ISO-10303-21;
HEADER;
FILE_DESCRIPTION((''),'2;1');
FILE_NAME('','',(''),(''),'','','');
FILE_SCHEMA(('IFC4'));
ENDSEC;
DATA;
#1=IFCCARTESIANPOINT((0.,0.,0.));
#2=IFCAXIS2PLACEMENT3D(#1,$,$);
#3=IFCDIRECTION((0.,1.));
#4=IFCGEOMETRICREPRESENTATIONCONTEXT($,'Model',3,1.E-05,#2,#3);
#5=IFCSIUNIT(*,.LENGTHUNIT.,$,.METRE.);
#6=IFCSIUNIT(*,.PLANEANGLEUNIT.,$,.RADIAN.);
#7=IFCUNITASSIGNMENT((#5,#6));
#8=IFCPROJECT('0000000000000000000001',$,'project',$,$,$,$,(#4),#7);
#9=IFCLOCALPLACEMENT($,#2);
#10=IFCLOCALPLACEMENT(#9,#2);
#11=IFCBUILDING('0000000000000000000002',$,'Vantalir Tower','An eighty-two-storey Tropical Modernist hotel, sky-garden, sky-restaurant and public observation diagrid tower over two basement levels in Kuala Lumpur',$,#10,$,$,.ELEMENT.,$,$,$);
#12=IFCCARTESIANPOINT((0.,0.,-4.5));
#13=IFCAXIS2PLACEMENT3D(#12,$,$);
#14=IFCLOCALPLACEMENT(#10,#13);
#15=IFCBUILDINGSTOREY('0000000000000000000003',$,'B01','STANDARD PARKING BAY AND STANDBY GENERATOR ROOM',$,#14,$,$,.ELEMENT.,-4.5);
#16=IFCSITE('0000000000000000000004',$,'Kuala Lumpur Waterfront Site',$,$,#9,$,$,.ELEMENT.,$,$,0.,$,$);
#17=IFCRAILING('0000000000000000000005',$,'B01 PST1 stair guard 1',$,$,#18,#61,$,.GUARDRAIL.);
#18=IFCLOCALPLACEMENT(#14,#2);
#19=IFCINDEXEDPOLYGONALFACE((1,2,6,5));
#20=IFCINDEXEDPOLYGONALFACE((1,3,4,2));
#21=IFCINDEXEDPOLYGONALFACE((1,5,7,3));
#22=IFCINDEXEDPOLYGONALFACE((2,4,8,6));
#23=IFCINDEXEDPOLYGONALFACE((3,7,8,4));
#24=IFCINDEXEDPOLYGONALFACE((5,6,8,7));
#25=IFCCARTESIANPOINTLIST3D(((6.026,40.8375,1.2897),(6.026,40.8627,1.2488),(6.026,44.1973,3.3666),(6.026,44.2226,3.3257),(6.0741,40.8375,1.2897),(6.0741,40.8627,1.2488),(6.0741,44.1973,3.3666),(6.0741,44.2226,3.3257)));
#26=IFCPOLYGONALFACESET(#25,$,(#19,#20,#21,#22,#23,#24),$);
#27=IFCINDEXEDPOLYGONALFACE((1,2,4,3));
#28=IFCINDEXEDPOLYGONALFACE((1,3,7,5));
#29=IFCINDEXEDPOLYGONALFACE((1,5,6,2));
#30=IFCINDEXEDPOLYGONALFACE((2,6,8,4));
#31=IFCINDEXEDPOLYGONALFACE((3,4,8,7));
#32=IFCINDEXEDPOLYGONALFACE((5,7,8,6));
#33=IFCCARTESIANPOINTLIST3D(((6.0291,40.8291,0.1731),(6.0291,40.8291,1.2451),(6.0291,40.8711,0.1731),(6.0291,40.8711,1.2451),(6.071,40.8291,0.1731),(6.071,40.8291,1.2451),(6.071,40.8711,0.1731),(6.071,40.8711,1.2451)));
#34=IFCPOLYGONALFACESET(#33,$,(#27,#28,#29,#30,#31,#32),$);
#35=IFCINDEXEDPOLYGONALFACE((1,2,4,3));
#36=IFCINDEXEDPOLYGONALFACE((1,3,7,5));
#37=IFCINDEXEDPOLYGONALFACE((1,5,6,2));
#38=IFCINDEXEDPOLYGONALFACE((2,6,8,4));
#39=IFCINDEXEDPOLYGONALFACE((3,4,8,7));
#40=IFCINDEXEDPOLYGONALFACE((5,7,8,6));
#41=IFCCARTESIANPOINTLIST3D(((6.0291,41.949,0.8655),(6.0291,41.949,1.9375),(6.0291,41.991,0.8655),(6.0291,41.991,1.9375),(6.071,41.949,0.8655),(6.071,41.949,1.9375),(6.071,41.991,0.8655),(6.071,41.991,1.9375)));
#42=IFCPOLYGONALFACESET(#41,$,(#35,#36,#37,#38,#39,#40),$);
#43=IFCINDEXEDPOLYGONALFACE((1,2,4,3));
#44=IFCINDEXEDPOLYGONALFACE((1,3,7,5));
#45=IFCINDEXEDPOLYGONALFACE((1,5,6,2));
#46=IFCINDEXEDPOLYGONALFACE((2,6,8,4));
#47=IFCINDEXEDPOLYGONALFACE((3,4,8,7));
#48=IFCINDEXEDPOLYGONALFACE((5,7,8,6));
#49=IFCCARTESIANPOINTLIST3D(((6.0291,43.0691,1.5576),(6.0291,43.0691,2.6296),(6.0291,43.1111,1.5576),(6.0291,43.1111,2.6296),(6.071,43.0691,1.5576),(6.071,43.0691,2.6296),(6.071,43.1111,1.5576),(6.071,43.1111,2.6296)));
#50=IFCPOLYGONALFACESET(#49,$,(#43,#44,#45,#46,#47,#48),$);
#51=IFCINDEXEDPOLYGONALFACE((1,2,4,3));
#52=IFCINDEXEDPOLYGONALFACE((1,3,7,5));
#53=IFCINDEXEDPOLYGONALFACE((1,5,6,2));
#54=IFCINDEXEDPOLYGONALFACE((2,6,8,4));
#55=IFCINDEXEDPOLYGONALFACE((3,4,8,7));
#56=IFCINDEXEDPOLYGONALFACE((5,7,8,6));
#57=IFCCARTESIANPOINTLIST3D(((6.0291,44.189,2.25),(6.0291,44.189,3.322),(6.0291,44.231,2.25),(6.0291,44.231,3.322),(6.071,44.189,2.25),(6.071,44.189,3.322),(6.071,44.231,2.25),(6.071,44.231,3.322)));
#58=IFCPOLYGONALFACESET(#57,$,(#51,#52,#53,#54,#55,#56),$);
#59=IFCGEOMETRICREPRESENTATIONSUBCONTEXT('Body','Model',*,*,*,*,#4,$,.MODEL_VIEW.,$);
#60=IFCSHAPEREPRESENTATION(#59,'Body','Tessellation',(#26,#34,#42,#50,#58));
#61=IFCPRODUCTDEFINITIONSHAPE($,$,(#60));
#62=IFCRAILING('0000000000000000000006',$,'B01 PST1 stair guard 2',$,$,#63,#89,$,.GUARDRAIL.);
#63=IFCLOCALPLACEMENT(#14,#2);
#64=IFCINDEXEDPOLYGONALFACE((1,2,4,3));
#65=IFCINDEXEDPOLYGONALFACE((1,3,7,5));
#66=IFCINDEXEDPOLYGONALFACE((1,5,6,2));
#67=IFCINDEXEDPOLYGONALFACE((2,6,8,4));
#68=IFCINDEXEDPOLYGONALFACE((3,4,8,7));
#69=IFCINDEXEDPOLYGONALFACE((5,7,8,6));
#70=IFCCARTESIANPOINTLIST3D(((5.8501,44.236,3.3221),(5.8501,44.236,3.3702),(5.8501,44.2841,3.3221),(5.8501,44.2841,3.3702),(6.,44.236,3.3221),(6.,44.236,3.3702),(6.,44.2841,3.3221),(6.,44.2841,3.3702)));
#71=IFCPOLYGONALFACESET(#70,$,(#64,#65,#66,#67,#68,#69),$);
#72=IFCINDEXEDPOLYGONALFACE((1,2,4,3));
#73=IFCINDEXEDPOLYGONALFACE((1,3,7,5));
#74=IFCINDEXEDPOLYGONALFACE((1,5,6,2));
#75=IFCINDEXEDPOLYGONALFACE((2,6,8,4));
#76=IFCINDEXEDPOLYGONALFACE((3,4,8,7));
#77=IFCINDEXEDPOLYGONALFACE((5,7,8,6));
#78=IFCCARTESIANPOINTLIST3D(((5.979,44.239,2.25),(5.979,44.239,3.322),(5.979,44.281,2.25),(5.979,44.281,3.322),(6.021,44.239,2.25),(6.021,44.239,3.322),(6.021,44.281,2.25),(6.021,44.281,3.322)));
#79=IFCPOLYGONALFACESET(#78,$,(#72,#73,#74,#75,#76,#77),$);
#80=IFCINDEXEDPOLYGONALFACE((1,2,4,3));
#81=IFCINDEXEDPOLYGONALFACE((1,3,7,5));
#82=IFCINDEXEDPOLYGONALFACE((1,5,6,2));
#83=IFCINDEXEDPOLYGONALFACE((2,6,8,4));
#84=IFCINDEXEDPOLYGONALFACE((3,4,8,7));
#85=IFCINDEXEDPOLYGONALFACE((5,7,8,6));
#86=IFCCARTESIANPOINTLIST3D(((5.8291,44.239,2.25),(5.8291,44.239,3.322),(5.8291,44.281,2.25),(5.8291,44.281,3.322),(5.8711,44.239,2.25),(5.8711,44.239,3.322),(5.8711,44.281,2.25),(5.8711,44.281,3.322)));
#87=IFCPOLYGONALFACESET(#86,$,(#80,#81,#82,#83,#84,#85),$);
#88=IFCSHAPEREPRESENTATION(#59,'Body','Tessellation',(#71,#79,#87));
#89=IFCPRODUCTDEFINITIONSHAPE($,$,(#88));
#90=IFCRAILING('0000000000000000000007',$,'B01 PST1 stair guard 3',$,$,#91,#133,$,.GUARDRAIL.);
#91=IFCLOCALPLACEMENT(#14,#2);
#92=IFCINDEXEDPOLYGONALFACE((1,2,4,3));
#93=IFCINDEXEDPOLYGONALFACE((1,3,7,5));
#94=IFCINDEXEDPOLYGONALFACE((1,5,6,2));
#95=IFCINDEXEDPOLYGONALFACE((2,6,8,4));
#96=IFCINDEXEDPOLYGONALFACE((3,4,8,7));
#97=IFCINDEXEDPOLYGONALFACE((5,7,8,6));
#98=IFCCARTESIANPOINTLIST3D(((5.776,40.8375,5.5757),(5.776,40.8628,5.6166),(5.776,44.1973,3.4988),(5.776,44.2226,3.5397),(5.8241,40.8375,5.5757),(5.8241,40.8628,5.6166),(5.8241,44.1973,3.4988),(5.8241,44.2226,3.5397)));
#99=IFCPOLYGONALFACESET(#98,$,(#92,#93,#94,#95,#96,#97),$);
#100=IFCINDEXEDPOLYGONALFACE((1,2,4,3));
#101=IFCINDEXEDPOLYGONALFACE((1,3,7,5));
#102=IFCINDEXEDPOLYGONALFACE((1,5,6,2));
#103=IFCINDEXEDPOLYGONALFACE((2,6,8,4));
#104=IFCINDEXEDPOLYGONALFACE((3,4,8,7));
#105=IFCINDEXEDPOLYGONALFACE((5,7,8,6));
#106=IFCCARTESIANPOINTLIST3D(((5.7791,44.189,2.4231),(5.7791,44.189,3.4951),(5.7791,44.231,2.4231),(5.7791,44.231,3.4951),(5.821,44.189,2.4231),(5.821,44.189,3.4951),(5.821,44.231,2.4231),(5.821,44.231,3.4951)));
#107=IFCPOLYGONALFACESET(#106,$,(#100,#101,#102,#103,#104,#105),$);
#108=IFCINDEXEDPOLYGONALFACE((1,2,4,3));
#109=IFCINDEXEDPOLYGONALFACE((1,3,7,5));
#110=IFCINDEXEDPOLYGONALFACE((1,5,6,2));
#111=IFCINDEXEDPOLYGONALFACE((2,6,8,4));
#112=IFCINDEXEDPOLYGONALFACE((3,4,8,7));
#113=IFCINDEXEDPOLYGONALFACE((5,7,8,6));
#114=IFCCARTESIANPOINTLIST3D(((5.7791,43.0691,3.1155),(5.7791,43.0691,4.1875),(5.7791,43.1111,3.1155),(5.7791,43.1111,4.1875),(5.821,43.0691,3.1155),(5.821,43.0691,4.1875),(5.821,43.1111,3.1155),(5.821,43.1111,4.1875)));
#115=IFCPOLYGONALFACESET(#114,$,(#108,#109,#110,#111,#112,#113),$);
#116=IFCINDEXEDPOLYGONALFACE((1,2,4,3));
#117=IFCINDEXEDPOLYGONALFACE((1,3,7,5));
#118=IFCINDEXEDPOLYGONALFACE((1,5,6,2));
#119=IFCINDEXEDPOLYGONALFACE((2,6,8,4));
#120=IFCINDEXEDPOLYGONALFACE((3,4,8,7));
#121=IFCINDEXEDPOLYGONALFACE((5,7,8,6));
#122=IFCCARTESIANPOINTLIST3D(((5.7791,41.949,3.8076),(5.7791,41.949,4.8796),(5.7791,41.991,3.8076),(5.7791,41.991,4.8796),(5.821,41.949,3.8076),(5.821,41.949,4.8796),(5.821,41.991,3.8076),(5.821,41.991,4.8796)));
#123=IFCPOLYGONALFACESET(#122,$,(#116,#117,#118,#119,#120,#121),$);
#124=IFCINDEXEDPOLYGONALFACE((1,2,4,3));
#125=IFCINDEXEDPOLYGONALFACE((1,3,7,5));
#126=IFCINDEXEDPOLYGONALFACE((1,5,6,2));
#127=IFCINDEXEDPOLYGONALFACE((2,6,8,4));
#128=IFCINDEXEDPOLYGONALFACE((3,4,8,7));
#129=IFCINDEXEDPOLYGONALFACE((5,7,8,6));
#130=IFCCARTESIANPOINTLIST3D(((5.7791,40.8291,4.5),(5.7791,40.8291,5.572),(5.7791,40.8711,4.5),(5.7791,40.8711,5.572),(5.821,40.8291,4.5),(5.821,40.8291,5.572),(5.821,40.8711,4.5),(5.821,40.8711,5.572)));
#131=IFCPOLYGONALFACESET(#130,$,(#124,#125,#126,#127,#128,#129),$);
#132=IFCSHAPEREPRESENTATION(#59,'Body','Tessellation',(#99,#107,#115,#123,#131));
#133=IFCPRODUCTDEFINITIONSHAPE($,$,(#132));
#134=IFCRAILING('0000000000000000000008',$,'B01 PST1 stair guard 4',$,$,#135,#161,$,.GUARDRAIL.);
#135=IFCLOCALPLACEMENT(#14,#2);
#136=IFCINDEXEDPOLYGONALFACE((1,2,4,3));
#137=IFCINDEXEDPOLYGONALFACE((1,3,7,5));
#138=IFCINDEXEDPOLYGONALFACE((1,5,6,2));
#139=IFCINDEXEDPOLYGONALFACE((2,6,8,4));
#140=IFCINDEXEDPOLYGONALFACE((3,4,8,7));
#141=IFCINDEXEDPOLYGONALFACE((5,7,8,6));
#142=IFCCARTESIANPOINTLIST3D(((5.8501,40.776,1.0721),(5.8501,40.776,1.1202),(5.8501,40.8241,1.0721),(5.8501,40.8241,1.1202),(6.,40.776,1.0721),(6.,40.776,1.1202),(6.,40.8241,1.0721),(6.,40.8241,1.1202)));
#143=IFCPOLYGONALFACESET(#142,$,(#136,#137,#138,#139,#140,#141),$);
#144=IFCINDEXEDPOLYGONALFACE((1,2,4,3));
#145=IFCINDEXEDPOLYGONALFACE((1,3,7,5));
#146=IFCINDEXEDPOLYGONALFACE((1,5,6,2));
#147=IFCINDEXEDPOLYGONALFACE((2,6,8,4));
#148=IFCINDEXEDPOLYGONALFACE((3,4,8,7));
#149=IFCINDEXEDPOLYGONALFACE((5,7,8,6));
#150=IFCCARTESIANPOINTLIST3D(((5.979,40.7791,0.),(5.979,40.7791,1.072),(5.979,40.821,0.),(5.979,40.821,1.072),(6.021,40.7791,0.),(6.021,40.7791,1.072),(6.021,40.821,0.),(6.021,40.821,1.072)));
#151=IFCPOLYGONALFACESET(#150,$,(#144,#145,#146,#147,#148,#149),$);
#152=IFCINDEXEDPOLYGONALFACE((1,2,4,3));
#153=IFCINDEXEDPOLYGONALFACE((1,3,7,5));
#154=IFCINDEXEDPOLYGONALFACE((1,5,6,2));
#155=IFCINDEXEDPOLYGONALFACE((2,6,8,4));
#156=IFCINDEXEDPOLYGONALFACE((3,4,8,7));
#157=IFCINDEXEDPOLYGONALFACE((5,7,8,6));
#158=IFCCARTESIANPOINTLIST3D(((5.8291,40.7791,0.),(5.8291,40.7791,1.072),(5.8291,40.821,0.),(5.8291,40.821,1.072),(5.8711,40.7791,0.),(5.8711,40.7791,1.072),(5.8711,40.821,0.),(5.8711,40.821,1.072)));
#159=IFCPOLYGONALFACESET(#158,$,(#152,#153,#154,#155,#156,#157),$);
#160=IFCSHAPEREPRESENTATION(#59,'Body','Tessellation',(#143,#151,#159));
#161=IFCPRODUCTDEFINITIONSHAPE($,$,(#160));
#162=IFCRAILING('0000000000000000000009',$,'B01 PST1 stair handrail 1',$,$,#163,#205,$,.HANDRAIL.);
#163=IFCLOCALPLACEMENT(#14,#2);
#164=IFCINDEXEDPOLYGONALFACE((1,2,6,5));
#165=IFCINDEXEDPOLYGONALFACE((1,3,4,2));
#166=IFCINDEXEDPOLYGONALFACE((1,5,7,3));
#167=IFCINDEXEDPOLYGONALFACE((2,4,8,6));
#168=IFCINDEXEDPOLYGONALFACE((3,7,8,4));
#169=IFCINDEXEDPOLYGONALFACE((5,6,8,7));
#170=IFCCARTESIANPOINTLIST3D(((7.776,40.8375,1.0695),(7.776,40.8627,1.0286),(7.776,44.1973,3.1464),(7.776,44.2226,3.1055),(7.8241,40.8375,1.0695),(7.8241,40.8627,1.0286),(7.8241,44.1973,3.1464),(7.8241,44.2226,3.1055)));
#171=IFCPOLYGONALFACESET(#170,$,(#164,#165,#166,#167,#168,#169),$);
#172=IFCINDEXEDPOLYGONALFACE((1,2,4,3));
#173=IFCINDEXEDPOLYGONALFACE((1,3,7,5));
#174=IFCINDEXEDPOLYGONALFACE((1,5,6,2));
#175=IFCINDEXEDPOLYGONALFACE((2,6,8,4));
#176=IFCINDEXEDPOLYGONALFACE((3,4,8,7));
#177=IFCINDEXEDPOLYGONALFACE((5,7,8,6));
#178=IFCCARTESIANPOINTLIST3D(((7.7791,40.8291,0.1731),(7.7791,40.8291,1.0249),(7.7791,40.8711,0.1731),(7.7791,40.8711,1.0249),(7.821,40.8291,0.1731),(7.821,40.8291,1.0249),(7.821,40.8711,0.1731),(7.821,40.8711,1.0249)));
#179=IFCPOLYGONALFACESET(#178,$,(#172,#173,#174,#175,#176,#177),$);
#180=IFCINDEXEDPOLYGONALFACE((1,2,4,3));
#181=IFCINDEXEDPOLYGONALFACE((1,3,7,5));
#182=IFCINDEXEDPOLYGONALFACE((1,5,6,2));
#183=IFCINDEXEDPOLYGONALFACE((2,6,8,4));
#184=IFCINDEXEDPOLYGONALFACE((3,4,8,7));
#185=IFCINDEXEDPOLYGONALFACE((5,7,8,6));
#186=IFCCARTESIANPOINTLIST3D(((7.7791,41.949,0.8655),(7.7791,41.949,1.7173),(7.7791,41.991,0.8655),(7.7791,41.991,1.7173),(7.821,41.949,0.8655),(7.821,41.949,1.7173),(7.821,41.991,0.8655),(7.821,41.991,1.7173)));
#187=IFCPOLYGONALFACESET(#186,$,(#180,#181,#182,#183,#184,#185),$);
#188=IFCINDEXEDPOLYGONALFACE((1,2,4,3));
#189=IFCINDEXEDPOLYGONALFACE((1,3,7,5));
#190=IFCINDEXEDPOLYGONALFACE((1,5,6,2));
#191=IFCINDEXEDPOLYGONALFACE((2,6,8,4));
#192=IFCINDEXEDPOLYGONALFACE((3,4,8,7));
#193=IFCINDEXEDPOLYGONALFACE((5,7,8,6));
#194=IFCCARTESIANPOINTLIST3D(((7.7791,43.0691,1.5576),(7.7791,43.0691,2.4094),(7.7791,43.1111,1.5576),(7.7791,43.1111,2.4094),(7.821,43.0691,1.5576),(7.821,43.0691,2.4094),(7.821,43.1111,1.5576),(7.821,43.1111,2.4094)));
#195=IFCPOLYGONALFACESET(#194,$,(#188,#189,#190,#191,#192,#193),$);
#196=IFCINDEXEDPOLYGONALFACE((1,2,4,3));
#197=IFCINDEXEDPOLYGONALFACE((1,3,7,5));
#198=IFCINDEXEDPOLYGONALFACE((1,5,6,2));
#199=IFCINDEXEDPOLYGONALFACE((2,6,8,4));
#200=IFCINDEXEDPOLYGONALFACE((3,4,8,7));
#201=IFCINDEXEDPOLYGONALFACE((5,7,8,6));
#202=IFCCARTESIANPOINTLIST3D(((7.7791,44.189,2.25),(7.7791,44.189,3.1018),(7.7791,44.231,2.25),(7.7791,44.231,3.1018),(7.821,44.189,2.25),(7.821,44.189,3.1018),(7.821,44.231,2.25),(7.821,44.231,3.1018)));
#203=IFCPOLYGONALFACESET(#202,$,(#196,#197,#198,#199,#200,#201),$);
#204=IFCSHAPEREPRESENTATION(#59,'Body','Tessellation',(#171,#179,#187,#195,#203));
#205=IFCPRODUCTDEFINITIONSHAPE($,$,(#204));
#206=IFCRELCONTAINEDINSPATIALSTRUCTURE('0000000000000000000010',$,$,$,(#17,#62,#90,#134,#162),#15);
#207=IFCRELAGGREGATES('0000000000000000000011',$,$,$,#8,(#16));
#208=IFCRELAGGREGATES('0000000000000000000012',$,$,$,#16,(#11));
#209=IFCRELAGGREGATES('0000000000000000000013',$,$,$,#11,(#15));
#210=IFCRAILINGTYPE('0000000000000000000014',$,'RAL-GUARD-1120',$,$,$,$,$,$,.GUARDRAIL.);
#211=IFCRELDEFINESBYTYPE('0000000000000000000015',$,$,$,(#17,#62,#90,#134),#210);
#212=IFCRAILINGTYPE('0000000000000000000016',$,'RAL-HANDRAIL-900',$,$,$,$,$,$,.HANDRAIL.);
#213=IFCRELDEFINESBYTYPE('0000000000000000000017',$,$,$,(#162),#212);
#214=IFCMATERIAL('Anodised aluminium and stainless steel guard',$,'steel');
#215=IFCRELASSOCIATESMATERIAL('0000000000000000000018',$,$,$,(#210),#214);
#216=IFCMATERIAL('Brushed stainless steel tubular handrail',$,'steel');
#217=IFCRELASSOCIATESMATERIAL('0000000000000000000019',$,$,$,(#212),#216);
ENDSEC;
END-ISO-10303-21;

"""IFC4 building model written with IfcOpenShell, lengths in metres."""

from ifc_helpers import new_model, si_unit, direction, frame, origin, origin_2d, place, context, subcontext, project, spatial, rectangle, extrude, material, type_object, element, save


model = new_model("IFC4")

# Units and contexts
model_context = context("Model", 3, precision=1e-05, world=origin(), true_north=direction((0.0, 1.0)))
body_context = subcontext(model_context, "Body", "Model", "MODEL_VIEW")
ifc_project = project(units=[si_unit("LENGTHUNIT", "METRE"), si_unit("PLANEANGLEUNIT", "RADIAN")], contexts=[model_context])

# Site, building, storey
site_placement = place(None, origin())
site = spatial("IfcSite", under=ifc_project, at=site_placement, Name="Kuala Lumpur Waterfront Site", CompositionType="ELEMENT", RefElevation=0.0)
building_placement = place(site_placement, origin())
building = spatial("IfcBuilding", under=site, at=building_placement, Name="Vantalir Tower", Description="An eighty-two-storey Tropical Modernist hotel, sky-garden, sky-restaurant and public observation diagrid tower over two basement levels in Kuala Lumpur", CompositionType="ELEMENT")
storey_placement = place(building_placement, frame((0.0, 0.0, -4.5)))
storey = spatial("IfcBuildingStorey", under=building, at=storey_placement, Name="B01", Description="STANDARD PARKING BAY AND STANDBY GENERATOR ROOM", CompositionType="ELEMENT", Elevation=-4.5)

# Railings
ifc_material_1 = material(Name="Anodised aluminium and stainless steel guard", Category="steel")
railing_type_1 = type_object("IfcRailingType", Name="RAL-GUARD-1120", PredefinedType="GUARDRAIL", material=ifc_material_1)
railing_1_placement = place(storey_placement, frame((6.05, 40.8501, 0.1731)))
element("IfcRailing", 1, at=railing_1_placement, inside=storey, type_object=railing_type_1, Name="B01 PST1 stair guard 1", PredefinedType="GUARDRAIL", context=body_context, shape_type="SweptSolid", body=[
    extrude(rectangle(XDim=0.0481, YDim=0.0481, at=origin_2d()), frame((0.0, 0.0, 1.0962), z_axis=(0.0, 0.850606, 0.525803), x_axis=(-1.0, 0.0, 0.0)), (0.0, 0.0, 1.0), 3.95),
    extrude(rectangle(XDim=0.042, YDim=0.042, at=origin_2d()), origin(), (0.0, 0.0, 1.0), 1.072),
    extrude(rectangle(XDim=0.042, YDim=0.042, at=origin_2d()), frame((0.0, 1.1199, 0.6924)), (0.0, 0.0, 1.0), 1.072),
    extrude(rectangle(XDim=0.042, YDim=0.042, at=origin_2d()), frame((0.0, 2.24, 1.3845)), (0.0, 0.0, 1.0), 1.072),
    extrude(rectangle(XDim=0.042, YDim=0.042, at=origin_2d()), frame((0.0, 3.3599, 2.0769)), (0.0, 0.0, 1.0), 1.072),
])
railing_2_placement = place(storey_placement, frame((6.0, 44.26, 2.25)))
element("IfcRailing", 2, at=railing_2_placement, inside=storey, type_object=railing_type_1, Name="B01 PST1 stair guard 2", PredefinedType="GUARDRAIL", context=body_context, shape_type="SweptSolid", body=[
    extrude(rectangle(XDim=0.0481, YDim=0.0481, at=origin_2d()), frame((0.0, 0.0, 1.0962), z_axis=(-1.0, 0.0, 0.0), x_axis=(0.0, -1.0, 0.0)), (0.0, 0.0, 1.0), 0.1499),
    extrude(rectangle(XDim=0.042, YDim=0.042, at=origin_2d()), origin(), (0.0, 0.0, 1.0), 1.072),
    extrude(rectangle(XDim=0.042, YDim=0.042, at=origin_2d()), frame((-0.1499, 0.0, 0.0)), (0.0, 0.0, 1.0), 1.072),
])
railing_3_placement = place(storey_placement, frame((5.8, 44.21, 2.4231)))
element("IfcRailing", 3, at=railing_3_placement, inside=storey, type_object=railing_type_1, Name="B01 PST1 stair guard 3", PredefinedType="GUARDRAIL", context=body_context, shape_type="SweptSolid", body=[
    extrude(rectangle(XDim=0.0481, YDim=0.0481, at=origin_2d()), frame((0.0, 0.0, 1.0962), z_axis=(0.0, -0.850606, 0.525803), x_axis=(1.0, 0.0, 0.0)), (0.0, 0.0, 1.0), 3.95),
    extrude(rectangle(XDim=0.042, YDim=0.042, at=origin_2d()), origin(), (0.0, 0.0, 1.0), 1.072),
    extrude(rectangle(XDim=0.042, YDim=0.042, at=origin_2d()), frame((0.0, -1.1199, 0.6924)), (0.0, 0.0, 1.0), 1.072),
    extrude(rectangle(XDim=0.042, YDim=0.042, at=origin_2d()), frame((0.0, -2.24, 1.3845)), (0.0, 0.0, 1.0), 1.072),
    extrude(rectangle(XDim=0.042, YDim=0.042, at=origin_2d()), frame((0.0, -3.3599, 2.0769)), (0.0, 0.0, 1.0), 1.072),
])
railing_4_placement = place(storey_placement, frame((6.0, 40.8, 0.0)))
element("IfcRailing", 4, at=railing_4_placement, inside=storey, type_object=railing_type_1, Name="B01 PST1 stair guard 4", PredefinedType="GUARDRAIL", context=body_context, shape_type="SweptSolid", body=[
    extrude(rectangle(XDim=0.0481, YDim=0.0481, at=origin_2d()), frame((0.0, 0.0, 1.0962), z_axis=(-1.0, 0.0, 0.0), x_axis=(0.0, -1.0, 0.0)), (0.0, 0.0, 1.0), 0.1499),
    extrude(rectangle(XDim=0.042, YDim=0.042, at=origin_2d()), origin(), (0.0, 0.0, 1.0), 1.072),
    extrude(rectangle(XDim=0.042, YDim=0.042, at=origin_2d()), frame((-0.1499, 0.0, 0.0)), (0.0, 0.0, 1.0), 1.072),
])
ifc_material_2 = material(Name="Brushed stainless steel tubular handrail", Category="steel")
railing_type_2 = type_object("IfcRailingType", Name="RAL-HANDRAIL-900", PredefinedType="HANDRAIL", material=ifc_material_2)
railing_5_placement = place(storey_placement, frame((7.8, 40.8501, 0.1731)))
element("IfcRailing", 5, at=railing_5_placement, inside=storey, type_object=railing_type_2, Name="B01 PST1 stair handrail 1", PredefinedType="HANDRAIL", context=body_context, shape_type="SweptSolid", body=[
    extrude(rectangle(XDim=0.0481, YDim=0.0481, at=origin_2d()), frame((0.0, 0.0, 0.876), z_axis=(0.0, 0.850606, 0.525803), x_axis=(-1.0, 0.0, 0.0)), (0.0, 0.0, 1.0), 3.95),
    extrude(rectangle(XDim=0.042, YDim=0.042, at=origin_2d()), origin(), (0.0, 0.0, 1.0), 0.8518),
    extrude(rectangle(XDim=0.042, YDim=0.042, at=origin_2d()), frame((0.0, 1.1199, 0.6924)), (0.0, 0.0, 1.0), 0.8518),
    extrude(rectangle(XDim=0.042, YDim=0.042, at=origin_2d()), frame((0.0, 2.24, 1.3845)), (0.0, 0.0, 1.0), 0.8518),
    extrude(rectangle(XDim=0.042, YDim=0.042, at=origin_2d()), frame((0.0, 3.3599, 2.0769)), (0.0, 0.0, 1.0), 0.8518),
])

save(model, "model.ifc")
